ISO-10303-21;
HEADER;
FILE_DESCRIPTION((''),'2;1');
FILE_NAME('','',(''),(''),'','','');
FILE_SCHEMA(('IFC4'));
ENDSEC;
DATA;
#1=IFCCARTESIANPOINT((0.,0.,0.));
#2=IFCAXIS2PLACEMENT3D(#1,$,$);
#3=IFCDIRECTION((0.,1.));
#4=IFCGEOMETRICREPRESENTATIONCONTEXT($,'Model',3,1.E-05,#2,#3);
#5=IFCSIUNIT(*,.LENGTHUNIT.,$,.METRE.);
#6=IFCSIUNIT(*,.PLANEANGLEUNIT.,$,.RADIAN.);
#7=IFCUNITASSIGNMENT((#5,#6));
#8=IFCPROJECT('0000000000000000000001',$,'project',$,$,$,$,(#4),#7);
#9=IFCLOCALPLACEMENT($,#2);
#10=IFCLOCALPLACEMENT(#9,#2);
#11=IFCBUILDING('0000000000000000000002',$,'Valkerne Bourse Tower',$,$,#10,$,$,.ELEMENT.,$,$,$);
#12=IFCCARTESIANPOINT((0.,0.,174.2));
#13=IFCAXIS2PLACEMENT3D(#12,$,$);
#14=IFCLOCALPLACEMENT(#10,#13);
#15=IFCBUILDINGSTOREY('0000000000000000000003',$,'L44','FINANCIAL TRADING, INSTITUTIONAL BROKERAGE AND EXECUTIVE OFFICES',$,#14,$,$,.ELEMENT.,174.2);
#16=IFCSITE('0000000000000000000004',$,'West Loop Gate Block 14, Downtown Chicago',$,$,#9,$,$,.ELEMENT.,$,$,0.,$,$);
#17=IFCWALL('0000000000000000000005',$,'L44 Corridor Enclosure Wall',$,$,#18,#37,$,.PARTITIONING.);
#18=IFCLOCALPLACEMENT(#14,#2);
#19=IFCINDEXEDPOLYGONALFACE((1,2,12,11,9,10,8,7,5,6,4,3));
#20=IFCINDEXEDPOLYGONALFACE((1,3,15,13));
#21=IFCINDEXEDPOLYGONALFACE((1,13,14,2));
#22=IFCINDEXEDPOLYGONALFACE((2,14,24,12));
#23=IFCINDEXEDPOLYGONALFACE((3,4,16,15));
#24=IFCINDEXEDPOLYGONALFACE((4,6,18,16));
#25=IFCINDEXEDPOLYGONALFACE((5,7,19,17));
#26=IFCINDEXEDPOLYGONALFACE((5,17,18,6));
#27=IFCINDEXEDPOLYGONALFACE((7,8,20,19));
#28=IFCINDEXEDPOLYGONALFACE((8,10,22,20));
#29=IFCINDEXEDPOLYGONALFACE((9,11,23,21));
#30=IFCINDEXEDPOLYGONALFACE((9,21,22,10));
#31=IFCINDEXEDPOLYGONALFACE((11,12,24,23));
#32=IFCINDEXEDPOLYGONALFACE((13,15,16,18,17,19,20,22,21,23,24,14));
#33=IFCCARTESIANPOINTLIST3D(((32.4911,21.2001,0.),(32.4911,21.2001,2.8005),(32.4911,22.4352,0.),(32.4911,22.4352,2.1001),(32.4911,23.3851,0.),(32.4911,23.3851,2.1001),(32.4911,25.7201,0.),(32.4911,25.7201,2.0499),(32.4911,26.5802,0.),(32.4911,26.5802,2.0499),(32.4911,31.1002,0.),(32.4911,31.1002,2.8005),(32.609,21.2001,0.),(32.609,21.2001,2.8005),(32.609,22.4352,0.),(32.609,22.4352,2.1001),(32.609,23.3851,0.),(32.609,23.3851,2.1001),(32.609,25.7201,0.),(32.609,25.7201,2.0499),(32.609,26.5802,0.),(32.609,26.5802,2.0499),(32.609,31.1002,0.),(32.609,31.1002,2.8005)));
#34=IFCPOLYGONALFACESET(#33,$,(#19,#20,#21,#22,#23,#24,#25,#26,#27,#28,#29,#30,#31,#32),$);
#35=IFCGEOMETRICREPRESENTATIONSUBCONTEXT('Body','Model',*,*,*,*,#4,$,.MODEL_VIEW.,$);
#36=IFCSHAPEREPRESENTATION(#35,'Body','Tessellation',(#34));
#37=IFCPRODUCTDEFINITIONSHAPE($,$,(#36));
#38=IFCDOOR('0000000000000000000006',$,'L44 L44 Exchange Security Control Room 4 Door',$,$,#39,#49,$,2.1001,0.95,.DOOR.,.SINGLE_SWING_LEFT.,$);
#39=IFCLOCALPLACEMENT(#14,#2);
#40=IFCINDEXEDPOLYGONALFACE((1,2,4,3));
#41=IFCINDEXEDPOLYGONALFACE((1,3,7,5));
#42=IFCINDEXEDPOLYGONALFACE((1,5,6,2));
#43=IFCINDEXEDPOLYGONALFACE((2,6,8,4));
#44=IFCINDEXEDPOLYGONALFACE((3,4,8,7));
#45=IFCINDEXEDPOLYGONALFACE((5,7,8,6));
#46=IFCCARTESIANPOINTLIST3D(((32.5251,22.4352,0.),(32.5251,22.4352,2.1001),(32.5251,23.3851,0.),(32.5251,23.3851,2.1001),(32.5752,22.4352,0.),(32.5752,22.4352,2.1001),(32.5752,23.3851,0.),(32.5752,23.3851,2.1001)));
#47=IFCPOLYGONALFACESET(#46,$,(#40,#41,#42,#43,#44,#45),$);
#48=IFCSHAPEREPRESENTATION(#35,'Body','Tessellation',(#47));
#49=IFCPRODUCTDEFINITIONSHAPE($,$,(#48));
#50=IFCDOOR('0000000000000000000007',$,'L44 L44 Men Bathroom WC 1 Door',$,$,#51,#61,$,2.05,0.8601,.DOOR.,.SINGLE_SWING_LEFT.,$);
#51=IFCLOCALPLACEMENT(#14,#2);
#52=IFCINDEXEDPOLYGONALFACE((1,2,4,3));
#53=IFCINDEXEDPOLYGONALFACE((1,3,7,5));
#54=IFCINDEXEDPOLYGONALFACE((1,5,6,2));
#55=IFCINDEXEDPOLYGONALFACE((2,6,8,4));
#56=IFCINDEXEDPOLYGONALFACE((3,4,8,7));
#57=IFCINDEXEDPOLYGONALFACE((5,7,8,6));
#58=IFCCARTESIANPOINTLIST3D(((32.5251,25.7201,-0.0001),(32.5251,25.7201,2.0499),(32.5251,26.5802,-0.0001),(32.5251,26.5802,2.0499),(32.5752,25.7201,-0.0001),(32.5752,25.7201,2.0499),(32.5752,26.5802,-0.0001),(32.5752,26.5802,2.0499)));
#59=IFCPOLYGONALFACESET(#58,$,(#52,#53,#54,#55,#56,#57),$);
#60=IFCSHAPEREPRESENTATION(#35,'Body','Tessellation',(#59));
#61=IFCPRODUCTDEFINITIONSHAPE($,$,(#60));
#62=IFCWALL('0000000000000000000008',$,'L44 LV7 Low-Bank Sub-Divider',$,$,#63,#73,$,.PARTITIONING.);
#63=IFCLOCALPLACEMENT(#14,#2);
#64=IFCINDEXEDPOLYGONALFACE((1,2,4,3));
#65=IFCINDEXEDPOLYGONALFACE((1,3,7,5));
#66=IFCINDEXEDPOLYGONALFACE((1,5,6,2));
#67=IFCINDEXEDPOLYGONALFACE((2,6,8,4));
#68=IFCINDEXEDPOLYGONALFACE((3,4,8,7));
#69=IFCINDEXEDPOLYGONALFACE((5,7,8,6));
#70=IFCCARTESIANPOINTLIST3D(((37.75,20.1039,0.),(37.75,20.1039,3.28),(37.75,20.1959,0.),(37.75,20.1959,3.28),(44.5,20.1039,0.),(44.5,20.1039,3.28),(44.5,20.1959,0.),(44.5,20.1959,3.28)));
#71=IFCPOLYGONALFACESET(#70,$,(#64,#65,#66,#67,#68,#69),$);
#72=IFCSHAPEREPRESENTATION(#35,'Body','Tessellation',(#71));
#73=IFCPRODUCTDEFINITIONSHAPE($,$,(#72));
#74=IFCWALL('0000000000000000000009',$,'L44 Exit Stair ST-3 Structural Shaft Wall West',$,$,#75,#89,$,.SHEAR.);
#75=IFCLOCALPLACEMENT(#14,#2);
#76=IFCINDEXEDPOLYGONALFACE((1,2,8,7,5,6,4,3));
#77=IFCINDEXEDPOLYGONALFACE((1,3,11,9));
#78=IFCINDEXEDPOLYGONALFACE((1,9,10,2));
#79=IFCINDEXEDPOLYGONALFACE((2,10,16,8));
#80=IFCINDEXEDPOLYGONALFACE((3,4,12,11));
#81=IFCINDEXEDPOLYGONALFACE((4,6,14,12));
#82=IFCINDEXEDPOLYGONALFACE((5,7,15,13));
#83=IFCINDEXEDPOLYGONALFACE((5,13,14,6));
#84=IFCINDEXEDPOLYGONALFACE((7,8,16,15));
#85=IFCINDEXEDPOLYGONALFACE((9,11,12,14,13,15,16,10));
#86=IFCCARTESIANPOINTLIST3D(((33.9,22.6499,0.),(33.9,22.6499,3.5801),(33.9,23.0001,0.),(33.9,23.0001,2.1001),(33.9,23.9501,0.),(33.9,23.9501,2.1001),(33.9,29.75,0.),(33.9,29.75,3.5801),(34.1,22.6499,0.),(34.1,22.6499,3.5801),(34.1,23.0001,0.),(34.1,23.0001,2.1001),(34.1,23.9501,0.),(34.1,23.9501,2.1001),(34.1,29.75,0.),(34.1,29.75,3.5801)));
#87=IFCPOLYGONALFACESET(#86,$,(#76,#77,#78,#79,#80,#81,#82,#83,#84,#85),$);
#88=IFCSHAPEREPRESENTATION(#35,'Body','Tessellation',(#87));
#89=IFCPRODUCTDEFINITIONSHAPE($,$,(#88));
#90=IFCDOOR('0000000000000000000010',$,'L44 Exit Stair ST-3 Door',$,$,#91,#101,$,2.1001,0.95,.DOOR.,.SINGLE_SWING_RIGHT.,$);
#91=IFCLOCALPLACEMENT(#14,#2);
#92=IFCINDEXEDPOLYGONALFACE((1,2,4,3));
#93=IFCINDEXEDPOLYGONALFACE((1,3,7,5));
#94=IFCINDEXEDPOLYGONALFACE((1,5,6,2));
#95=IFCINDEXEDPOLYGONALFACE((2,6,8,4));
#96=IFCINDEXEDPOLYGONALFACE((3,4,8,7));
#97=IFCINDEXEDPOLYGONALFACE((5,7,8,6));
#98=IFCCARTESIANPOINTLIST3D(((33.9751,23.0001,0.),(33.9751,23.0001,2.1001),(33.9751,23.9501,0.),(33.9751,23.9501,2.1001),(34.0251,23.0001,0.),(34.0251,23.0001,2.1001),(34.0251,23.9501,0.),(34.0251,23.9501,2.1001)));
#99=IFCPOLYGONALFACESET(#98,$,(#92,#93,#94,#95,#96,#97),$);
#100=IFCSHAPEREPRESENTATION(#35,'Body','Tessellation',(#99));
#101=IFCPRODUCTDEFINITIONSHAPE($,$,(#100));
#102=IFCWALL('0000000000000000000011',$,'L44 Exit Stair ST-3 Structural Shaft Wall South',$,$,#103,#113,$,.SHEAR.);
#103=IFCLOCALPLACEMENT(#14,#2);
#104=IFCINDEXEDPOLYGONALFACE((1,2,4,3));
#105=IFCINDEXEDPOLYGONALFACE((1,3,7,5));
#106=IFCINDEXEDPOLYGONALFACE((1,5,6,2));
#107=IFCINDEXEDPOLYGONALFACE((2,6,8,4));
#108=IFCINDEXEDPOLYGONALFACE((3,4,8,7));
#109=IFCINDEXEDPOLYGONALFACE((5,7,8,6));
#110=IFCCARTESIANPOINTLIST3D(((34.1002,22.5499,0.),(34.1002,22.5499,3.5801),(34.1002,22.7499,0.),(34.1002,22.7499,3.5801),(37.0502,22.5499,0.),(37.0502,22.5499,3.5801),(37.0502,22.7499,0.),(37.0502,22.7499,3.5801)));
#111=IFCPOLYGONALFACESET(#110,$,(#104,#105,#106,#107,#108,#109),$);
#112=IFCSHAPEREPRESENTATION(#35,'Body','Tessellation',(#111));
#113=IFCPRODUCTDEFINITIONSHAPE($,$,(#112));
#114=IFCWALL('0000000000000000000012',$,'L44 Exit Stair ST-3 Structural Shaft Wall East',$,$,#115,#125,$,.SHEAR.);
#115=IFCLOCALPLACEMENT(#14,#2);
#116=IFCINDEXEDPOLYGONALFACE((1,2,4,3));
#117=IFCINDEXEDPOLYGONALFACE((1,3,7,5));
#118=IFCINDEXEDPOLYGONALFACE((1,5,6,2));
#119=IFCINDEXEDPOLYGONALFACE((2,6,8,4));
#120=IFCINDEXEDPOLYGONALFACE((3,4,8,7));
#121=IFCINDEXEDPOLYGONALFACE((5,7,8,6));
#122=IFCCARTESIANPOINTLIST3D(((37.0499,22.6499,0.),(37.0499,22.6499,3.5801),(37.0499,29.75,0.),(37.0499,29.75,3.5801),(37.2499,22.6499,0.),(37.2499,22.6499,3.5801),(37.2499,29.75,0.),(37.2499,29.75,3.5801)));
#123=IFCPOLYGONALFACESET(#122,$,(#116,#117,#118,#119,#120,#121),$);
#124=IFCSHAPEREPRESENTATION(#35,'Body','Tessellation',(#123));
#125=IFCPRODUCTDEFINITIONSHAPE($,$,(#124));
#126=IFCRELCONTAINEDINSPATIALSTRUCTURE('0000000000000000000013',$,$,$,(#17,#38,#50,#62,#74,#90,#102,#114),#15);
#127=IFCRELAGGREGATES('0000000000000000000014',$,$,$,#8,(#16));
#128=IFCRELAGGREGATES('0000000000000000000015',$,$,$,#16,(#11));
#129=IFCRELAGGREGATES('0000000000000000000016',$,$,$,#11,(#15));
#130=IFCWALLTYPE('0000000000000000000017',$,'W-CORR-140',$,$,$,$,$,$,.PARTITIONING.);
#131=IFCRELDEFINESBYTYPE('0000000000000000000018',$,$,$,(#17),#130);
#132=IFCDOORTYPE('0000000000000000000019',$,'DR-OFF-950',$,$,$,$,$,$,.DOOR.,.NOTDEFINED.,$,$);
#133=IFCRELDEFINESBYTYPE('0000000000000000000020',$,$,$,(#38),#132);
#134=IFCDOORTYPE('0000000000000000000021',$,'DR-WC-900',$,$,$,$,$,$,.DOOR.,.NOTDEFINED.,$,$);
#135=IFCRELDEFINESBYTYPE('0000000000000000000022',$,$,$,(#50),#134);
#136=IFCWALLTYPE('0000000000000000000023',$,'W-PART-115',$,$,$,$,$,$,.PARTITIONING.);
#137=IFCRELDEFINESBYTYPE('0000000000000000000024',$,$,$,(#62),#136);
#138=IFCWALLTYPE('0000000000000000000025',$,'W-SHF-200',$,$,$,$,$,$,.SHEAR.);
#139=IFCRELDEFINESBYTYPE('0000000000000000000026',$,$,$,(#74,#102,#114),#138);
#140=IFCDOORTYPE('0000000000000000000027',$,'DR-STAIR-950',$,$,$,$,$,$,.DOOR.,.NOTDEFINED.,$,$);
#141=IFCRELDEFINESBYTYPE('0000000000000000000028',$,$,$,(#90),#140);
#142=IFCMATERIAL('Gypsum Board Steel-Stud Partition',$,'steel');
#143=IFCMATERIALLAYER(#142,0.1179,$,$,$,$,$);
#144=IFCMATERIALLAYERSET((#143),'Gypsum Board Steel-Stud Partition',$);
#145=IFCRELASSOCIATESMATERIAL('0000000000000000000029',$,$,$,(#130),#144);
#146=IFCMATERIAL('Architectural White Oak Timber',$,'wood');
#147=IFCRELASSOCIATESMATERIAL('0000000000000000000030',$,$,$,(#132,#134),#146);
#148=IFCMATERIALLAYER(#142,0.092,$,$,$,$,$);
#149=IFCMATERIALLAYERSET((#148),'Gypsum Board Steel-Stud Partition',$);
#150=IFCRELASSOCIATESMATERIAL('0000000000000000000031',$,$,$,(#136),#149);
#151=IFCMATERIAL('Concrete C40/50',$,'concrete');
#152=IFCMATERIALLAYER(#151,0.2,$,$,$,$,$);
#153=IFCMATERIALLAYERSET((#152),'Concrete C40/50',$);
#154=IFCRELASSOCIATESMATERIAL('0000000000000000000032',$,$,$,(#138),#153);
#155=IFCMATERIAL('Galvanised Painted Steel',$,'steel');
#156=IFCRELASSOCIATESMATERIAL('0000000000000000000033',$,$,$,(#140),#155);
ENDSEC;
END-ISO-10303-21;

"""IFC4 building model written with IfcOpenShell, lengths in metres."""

from ifc_helpers import new_model, si_unit, direction, frame, frame_2d, origin, place, context, subcontext, project, spatial, rectangle, extrude, material, layer, layer_set, type_object, element, fill, save


model = new_model("IFC4")

# Units and contexts
model_context = context("Model", 3, precision=1e-05, world=origin(), true_north=direction((0.0, 1.0)))
body_context = subcontext(model_context, "Body", "Model", "MODEL_VIEW")
ifc_project = project(units=[si_unit("LENGTHUNIT", "METRE"), si_unit("PLANEANGLEUNIT", "RADIAN")], contexts=[model_context])

# Site, building, storey
site_placement = place(None, origin())
site = spatial("IfcSite", under=ifc_project, at=site_placement, Name="West Loop Gate Block 14, Downtown Chicago", CompositionType="ELEMENT", RefElevation=0.0)
building_placement = place(site_placement, origin())
building = spatial("IfcBuilding", under=site, at=building_placement, Name="Valkerne Bourse Tower", CompositionType="ELEMENT")
storey_placement = place(building_placement, frame((0.0, 0.0, 174.2)))
storey = spatial("IfcBuildingStorey", under=building, at=storey_placement, Name="L44", Description="FINANCIAL TRADING, INSTITUTIONAL BROKERAGE AND EXECUTIVE OFFICES", CompositionType="ELEMENT", Elevation=174.2)

# Shared definitions
ifc_material_1 = material(Name="Gypsum Board Steel-Stud Partition", Category="steel")
ifc_layer_1 = layer(ifc_material_1, 0.1179)
ifc_layer_set_1 = layer_set([ifc_layer_1], Name="Gypsum Board Steel-Stud Partition")
wall_type_1 = type_object("IfcWallType", Name="W-CORR-140", PredefinedType="PARTITIONING", material=ifc_layer_set_1)

# Wall, openings, doors
wall_1_placement = place(storey_placement, frame((32.55, 21.2, 0.0), z_axis=(0.0, 0.0, 1.0), x_axis=(0.0, 1.0, 0.0)))
wall_1 = element("IfcWall", 1, at=wall_1_placement, inside=storey, type_object=wall_type_1, Name="L44 Corridor Enclosure Wall", PredefinedType="PARTITIONING", context=body_context, shape_type="SweptSolid", body=[
    extrude(rectangle(XDim=9.9001, YDim=0.1179, at=frame_2d((4.9502, 0.0))), origin(), (0.0, 0.0, 1.0), 2.8005),
])
opening_1_placement = place(wall_1_placement, frame((4.52, 0.0, 0.0)))
opening_1 = element("IfcOpeningElement", 2, at=opening_1_placement, cuts=wall_1, PredefinedType="OPENING", context=body_context, shape_type="SweptSolid", body=[
    extrude(rectangle(XDim=0.8601, YDim=2.05, at=frame_2d((0.4302, 1.0249))), frame((0.0, 0.0688, 0.0), z_axis=(0.0, -1.0, 0.0), x_axis=(1.0, 0.0, 0.0)), (0.0, 0.0, 1.0), 0.1379),
])
opening_2_placement = place(wall_1_placement, frame((1.2351, 0.0, 0.0)))
opening_2 = element("IfcOpeningElement", 3, at=opening_2_placement, cuts=wall_1, PredefinedType="OPENING", context=body_context, shape_type="SweptSolid", body=[
    extrude(rectangle(XDim=0.95, YDim=2.1001, at=frame_2d((0.4751, 1.05))), frame((0.0, 0.0688, 0.0), z_axis=(0.0, -1.0, 0.0), x_axis=(1.0, 0.0, 0.0)), (0.0, 0.0, 1.0), 0.1379),
])
ifc_material_2 = material(Name="Architectural White Oak Timber", Category="wood")
door_type_1 = type_object("IfcDoorType", Name="DR-OFF-950", OperationType="NOTDEFINED", PredefinedType="DOOR", material=ifc_material_2)
door_1_placement = place(opening_2_placement, origin())
door_1 = element("IfcDoor", 4, at=door_1_placement, inside=storey, type_object=door_type_1, Name="L44 L44 Exchange Security Control Room 4 Door", OperationType="SINGLE_SWING_LEFT", OverallHeight=2.1001, OverallWidth=0.95, PredefinedType="DOOR", context=body_context, shape_type="SweptSolid", body=[
    extrude(rectangle(XDim=0.95, YDim=2.1001, at=frame_2d((0.4751, 1.05))), frame((0.0, 0.0249, 0.0), z_axis=(0.0, -1.0, 0.0), x_axis=(1.0, 0.0, 0.0)), (0.0, 0.0, 1.0), 0.05),
])
fill(opening_2, door_1)
door_type_2 = type_object("IfcDoorType", Name="DR-WC-900", OperationType="NOTDEFINED", PredefinedType="DOOR", material=ifc_material_2)
door_2_placement = place(opening_1_placement, origin())
door_2 = element("IfcDoor", 5, at=door_2_placement, inside=storey, type_object=door_type_2, Name="L44 L44 Men Bathroom WC 1 Door", OperationType="SINGLE_SWING_LEFT", OverallHeight=2.05, OverallWidth=0.8601, PredefinedType="DOOR", context=body_context, shape_type="SweptSolid", body=[
    extrude(rectangle(XDim=0.8601, YDim=2.05, at=frame_2d((0.4302, 1.0249))), frame((0.0, 0.0249, 0.0), z_axis=(0.0, -1.0, 0.0), x_axis=(1.0, 0.0, 0.0)), (0.0, 0.0, 1.0), 0.05),
])
fill(opening_1, door_2)

# Wall
ifc_layer_2 = layer(ifc_material_1, 0.092)
ifc_layer_set_2 = layer_set([ifc_layer_2], Name="Gypsum Board Steel-Stud Partition")
wall_type_2 = type_object("IfcWallType", Name="W-PART-115", PredefinedType="PARTITIONING", material=ifc_layer_set_2)
wall_2_placement = place(storey_placement, frame((37.75, 20.1499, 0.0), z_axis=(0.0, 0.0, 1.0), x_axis=(1.0, 0.0, 0.0)))
element("IfcWall", 6, at=wall_2_placement, inside=storey, type_object=wall_type_2, Name="L44 LV7 Low-Bank Sub-Divider", PredefinedType="PARTITIONING", context=body_context, shape_type="SweptSolid", body=[
    extrude(rectangle(XDim=6.75, YDim=0.092, at=frame_2d((3.375, 0.0))), origin(), (0.0, 0.0, 1.0), 3.28),
])

# Wall, opening, door
ifc_material_3 = material(Name="Concrete C40/50", Category="concrete")
ifc_layer_3 = layer(ifc_material_3, 0.2)
ifc_layer_set_3 = layer_set([ifc_layer_3], Name="Concrete C40/50")
wall_type_3 = type_object("IfcWallType", Name="W-SHF-200", PredefinedType="SHEAR", material=ifc_layer_set_3)
wall_3_placement = place(storey_placement, frame((34.0, 22.6499, 0.0), z_axis=(0.0, 0.0, 1.0), x_axis=(0.0, 1.0, 0.0)))
wall_3 = element("IfcWall", 7, at=wall_3_placement, inside=storey, type_object=wall_type_3, Name="L44 Exit Stair ST-3 Structural Shaft Wall West", PredefinedType="SHEAR", context=body_context, shape_type="SweptSolid", body=[
    extrude(rectangle(XDim=7.1001, YDim=0.2, at=frame_2d((3.55, 0.0))), origin(), (0.0, 0.0, 1.0), 3.5801),
])
opening_3_placement = place(wall_3_placement, frame((0.3501, 0.0, 0.0)))
opening_3 = element("IfcOpeningElement", 8, at=opening_3_placement, cuts=wall_3, PredefinedType="OPENING", context=body_context, shape_type="SweptSolid", body=[
    extrude(rectangle(XDim=0.95, YDim=2.1001, at=frame_2d((0.4751, 1.05))), frame((0.0, 0.1099, 0.0), z_axis=(0.0, -1.0, 0.0), x_axis=(1.0, 0.0, 0.0)), (0.0, 0.0, 1.0), 0.22),
])
ifc_material_4 = material(Name="Galvanised Painted Steel", Category="steel")
door_type_3 = type_object("IfcDoorType", Name="DR-STAIR-950", OperationType="NOTDEFINED", PredefinedType="DOOR", material=ifc_material_4)
door_3_placement = place(opening_3_placement, origin())
door_3 = element("IfcDoor", 9, at=door_3_placement, inside=storey, type_object=door_type_3, Name="L44 Exit Stair ST-3 Door", OperationType="SINGLE_SWING_RIGHT", OverallHeight=2.1001, OverallWidth=0.95, PredefinedType="DOOR", context=body_context, shape_type="SweptSolid", body=[
    extrude(rectangle(XDim=0.95, YDim=2.1001, at=frame_2d((0.4751, 1.05))), frame((0.0, 0.0249, 0.0), z_axis=(0.0, -1.0, 0.0), x_axis=(1.0, 0.0, 0.0)), (0.0, 0.0, 1.0), 0.05),
])
fill(opening_3, door_3)

# Walls
wall_4_placement = place(storey_placement, frame((34.1001, 22.6499, 0.0), z_axis=(0.0, 0.0, 1.0), x_axis=(1.0, 0.0, 0.0)))
element("IfcWall", 10, at=wall_4_placement, inside=storey, type_object=wall_type_3, Name="L44 Exit Stair ST-3 Structural Shaft Wall South", PredefinedType="SHEAR", context=body_context, shape_type="SweptSolid", body=[
    extrude(rectangle(XDim=2.95, YDim=0.2, at=frame_2d((1.4751, 0.0))), origin(), (0.0, 0.0, 1.0), 3.5801),
])
wall_5_placement = place(storey_placement, frame((37.1499, 22.6499, 0.0), z_axis=(0.0, 0.0, 1.0), x_axis=(0.0, 1.0, 0.0)))
element("IfcWall", 11, at=wall_5_placement, inside=storey, type_object=wall_type_3, Name="L44 Exit Stair ST-3 Structural Shaft Wall East", PredefinedType="SHEAR", context=body_context, shape_type="SweptSolid", body=[
    extrude(rectangle(XDim=7.1001, YDim=0.2, at=frame_2d((3.55, 0.0))), origin(), (0.0, 0.0, 1.0), 3.5801),
])

save(model, "model.ifc")
